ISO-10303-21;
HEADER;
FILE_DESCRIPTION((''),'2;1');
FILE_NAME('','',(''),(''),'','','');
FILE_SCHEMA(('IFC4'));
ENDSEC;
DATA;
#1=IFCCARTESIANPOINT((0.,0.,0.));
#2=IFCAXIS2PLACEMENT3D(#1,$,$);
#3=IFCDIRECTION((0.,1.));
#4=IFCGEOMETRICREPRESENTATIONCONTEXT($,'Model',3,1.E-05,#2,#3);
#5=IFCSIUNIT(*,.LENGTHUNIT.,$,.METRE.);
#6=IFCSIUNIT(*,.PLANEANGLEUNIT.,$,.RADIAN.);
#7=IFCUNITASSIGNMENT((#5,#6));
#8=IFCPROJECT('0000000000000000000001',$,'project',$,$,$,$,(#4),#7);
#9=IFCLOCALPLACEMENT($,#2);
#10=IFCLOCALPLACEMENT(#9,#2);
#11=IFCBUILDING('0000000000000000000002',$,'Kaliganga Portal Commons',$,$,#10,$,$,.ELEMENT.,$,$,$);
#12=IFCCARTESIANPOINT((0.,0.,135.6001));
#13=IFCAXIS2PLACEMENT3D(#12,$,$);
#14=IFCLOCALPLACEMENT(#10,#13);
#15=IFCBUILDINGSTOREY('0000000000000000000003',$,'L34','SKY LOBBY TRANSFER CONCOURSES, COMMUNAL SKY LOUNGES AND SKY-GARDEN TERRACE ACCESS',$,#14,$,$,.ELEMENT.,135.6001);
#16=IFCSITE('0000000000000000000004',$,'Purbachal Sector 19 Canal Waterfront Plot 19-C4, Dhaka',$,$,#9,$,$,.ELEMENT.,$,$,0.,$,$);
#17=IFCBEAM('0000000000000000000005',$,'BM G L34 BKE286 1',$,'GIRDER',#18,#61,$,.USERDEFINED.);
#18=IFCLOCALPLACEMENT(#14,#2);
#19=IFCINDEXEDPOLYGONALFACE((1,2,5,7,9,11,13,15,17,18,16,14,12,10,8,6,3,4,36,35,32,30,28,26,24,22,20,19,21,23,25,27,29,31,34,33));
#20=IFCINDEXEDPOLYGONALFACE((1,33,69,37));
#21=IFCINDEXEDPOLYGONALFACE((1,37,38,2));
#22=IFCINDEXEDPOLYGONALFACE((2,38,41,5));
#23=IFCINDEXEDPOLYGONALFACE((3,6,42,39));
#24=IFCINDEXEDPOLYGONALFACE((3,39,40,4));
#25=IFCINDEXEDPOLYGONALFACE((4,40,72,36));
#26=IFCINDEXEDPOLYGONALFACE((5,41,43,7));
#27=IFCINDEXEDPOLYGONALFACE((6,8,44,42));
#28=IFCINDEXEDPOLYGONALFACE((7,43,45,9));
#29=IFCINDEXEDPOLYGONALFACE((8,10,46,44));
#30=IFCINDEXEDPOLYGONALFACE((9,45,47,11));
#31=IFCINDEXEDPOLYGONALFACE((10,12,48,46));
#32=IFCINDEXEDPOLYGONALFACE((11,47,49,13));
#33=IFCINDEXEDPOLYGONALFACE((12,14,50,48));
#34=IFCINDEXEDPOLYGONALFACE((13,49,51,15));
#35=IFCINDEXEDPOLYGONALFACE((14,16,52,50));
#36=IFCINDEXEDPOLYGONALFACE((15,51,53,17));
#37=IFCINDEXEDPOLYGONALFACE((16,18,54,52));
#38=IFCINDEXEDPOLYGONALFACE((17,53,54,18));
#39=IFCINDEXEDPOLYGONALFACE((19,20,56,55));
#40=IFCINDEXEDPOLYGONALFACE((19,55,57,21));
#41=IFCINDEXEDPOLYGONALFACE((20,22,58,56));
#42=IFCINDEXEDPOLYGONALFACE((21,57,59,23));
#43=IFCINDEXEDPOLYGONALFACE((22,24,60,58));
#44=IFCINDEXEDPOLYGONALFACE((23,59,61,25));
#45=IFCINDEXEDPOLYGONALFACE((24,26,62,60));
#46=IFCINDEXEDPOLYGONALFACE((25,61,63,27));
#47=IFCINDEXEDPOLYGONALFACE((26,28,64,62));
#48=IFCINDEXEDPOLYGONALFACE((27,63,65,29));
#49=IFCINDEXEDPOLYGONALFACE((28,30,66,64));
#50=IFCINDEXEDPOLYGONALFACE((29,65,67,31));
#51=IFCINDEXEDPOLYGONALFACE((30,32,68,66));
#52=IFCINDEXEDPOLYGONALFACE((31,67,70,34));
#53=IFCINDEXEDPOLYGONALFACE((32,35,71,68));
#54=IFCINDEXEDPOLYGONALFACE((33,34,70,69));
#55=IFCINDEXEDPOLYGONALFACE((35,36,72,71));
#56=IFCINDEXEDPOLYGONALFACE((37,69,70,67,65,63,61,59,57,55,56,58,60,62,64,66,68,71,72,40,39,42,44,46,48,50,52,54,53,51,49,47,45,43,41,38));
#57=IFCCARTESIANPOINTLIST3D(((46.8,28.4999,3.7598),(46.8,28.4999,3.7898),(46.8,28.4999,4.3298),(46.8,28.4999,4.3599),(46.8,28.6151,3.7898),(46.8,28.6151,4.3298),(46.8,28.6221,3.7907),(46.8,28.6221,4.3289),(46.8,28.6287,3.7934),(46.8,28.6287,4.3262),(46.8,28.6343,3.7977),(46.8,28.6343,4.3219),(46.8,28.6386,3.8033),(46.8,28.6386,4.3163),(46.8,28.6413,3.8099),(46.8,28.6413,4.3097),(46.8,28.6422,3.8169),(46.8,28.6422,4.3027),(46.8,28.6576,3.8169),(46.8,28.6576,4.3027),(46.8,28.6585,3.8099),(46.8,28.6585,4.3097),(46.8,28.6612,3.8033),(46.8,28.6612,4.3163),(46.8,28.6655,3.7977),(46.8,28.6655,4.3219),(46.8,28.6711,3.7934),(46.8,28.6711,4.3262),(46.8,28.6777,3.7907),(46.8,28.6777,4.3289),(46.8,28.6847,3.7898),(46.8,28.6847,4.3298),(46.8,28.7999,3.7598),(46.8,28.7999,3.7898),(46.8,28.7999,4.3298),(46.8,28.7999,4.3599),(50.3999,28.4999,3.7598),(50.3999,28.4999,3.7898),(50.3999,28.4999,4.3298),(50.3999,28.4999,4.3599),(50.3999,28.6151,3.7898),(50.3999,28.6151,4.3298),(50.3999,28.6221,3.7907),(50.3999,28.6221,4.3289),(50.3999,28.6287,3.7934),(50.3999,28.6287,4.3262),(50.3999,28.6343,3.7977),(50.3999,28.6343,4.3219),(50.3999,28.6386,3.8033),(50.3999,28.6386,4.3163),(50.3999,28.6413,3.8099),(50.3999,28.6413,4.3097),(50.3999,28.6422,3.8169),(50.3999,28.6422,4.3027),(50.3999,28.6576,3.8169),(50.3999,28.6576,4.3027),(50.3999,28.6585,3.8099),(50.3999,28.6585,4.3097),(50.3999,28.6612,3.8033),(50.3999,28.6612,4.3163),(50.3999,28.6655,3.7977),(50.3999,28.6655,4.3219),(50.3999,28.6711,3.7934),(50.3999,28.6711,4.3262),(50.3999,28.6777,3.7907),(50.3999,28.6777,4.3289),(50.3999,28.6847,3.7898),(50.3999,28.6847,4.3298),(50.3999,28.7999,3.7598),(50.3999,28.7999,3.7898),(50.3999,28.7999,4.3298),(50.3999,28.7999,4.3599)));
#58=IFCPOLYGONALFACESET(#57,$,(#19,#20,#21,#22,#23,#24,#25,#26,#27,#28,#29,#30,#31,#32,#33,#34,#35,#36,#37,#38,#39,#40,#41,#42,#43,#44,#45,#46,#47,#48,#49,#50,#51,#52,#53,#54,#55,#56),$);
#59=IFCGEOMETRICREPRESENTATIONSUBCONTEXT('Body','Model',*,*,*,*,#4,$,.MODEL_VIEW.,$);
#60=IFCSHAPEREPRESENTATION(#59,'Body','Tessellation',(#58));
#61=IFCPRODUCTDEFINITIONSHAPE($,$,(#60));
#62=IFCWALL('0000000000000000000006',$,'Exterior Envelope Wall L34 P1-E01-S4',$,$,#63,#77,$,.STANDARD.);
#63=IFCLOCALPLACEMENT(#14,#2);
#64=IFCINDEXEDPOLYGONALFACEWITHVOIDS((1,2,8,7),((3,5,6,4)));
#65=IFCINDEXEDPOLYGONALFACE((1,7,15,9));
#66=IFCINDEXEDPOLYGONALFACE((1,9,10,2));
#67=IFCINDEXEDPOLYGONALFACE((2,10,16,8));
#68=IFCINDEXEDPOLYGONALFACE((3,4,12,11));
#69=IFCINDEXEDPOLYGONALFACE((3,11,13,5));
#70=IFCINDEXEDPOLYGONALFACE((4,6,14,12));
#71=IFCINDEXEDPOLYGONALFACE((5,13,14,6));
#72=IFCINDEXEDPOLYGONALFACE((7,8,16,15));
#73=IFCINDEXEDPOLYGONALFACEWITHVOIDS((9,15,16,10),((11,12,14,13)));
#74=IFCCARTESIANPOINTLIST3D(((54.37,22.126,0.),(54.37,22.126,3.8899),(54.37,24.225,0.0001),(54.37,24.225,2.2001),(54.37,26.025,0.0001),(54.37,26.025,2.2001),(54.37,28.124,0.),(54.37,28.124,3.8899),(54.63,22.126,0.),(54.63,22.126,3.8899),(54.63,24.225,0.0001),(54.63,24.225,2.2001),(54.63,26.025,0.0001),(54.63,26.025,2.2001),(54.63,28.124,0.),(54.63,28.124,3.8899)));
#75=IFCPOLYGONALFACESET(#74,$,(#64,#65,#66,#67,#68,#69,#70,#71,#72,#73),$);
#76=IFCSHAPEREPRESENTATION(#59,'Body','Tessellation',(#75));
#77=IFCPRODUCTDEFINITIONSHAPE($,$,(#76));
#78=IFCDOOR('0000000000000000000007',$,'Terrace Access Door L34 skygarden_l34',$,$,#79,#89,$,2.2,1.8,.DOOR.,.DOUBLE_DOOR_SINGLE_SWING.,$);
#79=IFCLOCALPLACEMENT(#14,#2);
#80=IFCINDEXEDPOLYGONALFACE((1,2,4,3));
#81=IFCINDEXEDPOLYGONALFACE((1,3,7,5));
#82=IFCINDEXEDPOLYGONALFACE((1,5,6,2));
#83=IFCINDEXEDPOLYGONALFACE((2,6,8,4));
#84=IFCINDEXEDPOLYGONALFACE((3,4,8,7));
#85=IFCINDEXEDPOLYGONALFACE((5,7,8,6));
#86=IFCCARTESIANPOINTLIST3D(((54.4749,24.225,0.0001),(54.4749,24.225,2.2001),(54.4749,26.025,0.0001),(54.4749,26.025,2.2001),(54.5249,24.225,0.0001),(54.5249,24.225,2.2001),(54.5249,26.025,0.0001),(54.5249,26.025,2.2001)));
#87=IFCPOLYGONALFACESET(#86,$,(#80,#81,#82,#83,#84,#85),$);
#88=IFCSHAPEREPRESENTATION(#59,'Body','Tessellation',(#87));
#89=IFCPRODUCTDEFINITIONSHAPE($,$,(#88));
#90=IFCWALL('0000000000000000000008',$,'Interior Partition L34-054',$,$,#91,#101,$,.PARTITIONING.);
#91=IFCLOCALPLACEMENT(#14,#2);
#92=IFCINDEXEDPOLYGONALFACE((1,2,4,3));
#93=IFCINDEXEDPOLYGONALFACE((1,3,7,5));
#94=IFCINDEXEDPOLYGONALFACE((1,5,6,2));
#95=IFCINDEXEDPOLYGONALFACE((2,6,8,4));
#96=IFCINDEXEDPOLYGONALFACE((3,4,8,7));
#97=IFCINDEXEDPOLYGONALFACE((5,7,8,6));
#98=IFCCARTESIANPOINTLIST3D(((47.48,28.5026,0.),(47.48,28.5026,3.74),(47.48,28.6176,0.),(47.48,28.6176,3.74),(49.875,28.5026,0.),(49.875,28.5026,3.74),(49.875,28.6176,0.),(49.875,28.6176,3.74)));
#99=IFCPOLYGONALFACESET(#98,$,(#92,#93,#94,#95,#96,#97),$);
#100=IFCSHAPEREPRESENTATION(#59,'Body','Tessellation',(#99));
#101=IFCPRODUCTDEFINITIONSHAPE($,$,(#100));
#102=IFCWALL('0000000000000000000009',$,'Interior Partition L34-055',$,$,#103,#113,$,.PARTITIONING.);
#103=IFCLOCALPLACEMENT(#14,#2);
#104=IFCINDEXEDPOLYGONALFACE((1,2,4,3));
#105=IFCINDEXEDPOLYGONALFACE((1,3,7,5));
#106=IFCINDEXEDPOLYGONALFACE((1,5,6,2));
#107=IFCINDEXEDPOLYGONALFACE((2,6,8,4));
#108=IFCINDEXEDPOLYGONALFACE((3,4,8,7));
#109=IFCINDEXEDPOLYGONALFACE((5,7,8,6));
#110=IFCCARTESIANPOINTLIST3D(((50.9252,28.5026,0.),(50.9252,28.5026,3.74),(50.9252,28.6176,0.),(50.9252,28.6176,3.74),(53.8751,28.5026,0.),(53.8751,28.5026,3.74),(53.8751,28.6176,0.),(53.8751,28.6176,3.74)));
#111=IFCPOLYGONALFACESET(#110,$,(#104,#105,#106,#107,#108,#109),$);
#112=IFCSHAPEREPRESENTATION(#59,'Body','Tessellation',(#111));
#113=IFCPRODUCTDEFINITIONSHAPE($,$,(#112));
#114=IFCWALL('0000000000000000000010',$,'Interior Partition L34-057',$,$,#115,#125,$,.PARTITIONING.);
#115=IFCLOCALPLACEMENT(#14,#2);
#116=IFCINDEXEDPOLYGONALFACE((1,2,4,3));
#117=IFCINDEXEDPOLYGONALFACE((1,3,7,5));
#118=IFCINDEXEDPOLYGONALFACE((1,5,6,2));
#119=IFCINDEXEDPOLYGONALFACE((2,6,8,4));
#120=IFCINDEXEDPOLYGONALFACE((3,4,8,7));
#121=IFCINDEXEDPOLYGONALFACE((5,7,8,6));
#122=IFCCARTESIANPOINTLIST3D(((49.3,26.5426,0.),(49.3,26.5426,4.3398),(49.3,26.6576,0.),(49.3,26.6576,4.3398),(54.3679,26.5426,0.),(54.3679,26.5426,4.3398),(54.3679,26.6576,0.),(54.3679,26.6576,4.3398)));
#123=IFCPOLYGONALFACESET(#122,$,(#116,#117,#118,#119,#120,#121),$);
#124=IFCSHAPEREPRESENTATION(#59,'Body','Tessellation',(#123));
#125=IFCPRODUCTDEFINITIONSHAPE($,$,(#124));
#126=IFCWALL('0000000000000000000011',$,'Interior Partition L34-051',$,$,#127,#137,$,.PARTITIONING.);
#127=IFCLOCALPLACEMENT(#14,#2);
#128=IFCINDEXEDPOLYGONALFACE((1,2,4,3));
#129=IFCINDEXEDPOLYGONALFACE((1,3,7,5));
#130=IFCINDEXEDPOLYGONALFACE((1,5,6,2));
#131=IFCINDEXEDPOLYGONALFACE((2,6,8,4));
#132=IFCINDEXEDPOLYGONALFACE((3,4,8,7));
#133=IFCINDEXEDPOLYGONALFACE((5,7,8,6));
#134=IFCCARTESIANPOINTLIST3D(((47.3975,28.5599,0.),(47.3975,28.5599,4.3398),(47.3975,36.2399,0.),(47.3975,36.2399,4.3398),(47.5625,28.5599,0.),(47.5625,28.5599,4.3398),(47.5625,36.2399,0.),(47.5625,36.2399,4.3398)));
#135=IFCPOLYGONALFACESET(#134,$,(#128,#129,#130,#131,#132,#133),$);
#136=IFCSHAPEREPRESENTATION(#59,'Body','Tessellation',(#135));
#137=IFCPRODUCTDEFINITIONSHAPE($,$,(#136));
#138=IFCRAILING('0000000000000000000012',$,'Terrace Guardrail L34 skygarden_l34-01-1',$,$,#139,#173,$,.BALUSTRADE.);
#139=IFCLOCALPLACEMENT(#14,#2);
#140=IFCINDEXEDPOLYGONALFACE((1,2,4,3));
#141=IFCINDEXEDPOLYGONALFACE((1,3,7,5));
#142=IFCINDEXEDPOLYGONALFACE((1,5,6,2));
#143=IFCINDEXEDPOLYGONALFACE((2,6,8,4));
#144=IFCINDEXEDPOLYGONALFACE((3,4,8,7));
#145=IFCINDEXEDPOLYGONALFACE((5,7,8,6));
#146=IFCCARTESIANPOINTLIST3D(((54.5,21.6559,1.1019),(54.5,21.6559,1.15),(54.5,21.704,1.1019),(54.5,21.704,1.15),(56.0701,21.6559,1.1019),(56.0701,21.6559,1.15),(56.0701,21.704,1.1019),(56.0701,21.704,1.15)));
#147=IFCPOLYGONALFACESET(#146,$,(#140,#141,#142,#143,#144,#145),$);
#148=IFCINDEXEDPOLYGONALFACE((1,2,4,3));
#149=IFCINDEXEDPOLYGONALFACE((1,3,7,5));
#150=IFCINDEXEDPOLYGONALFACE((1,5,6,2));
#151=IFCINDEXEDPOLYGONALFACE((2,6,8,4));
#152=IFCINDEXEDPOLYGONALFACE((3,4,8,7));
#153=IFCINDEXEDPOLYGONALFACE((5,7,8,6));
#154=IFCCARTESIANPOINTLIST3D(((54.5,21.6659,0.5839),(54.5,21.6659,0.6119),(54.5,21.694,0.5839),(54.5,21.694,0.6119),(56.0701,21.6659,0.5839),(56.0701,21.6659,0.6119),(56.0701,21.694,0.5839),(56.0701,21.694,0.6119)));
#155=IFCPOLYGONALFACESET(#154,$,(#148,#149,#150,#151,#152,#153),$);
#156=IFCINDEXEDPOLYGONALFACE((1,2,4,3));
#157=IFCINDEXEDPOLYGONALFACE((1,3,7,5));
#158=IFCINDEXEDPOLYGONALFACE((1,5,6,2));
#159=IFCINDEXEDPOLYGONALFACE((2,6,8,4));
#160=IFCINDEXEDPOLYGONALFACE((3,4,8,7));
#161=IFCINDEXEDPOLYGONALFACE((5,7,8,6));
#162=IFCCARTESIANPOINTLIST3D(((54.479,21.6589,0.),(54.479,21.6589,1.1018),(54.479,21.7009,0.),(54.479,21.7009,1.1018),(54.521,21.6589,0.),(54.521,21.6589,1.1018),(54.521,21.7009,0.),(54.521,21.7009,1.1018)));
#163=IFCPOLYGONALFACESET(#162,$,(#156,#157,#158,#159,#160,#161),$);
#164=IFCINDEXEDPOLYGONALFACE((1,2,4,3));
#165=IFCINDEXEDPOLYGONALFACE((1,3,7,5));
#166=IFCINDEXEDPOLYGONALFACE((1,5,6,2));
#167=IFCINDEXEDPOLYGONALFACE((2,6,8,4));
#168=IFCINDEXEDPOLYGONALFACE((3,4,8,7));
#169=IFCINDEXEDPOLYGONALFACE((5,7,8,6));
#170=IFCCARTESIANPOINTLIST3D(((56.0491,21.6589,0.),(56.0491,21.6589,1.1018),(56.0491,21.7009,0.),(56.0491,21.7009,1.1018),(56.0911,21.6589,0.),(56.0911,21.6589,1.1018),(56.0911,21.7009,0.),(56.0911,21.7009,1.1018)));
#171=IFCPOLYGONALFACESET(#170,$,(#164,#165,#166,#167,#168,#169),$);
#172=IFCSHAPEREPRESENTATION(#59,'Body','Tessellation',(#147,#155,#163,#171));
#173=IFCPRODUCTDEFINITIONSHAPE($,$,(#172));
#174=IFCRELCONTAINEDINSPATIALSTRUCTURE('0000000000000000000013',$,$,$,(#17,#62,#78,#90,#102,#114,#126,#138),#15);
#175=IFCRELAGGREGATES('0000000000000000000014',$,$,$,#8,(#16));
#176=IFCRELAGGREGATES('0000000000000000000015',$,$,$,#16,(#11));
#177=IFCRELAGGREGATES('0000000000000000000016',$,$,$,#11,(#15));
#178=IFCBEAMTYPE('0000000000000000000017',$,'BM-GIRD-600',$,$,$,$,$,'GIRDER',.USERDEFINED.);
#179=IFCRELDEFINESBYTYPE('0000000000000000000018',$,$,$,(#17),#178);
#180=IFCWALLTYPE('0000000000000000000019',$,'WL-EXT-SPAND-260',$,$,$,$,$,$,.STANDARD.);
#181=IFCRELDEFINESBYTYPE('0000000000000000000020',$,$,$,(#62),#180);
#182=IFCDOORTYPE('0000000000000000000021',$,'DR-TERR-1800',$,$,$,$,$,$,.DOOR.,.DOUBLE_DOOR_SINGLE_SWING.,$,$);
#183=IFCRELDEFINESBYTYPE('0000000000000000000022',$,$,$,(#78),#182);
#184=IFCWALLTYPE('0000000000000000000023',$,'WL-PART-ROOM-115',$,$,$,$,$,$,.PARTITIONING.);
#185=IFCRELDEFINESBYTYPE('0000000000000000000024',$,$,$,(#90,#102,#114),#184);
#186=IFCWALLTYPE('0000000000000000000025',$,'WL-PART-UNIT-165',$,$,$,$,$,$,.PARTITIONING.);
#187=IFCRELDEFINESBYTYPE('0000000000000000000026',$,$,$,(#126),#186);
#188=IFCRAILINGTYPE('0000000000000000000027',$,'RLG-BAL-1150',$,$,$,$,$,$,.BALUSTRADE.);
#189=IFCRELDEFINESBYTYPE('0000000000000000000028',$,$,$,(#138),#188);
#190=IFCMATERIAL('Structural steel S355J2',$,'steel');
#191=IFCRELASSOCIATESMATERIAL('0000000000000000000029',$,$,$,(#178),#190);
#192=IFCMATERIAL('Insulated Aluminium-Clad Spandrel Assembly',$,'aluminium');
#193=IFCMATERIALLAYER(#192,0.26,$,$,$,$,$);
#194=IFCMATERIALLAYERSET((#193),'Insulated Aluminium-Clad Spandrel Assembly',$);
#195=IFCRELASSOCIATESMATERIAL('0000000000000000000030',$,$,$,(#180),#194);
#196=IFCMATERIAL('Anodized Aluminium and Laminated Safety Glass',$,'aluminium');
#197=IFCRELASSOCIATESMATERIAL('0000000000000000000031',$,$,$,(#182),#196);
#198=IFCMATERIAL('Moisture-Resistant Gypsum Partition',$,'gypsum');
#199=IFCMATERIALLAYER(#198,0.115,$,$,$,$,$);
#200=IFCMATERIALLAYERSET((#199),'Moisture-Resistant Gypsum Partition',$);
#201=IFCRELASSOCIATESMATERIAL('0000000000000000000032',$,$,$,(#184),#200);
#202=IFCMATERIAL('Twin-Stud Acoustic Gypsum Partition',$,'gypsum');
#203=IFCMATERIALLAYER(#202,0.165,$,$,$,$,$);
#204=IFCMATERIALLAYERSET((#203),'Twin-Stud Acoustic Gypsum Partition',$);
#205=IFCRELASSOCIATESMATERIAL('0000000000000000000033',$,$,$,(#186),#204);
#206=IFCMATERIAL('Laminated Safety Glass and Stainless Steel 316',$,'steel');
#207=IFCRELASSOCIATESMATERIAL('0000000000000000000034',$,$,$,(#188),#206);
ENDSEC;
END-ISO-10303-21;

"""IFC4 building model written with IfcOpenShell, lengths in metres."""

from ifc_helpers import new_model, si_unit, direction, frame, frame_2d, origin, origin_2d, place, context, subcontext, project, spatial, rectangle, i_section, extrude, source, transform, mapped, material, layer, layer_set, material_profile, profile_set, type_object, element, fill, save


model = new_model("IFC4")

# Units and contexts
model_context = context("Model", 3, precision=1e-05, world=origin(), true_north=direction((0.0, 1.0)))
body_context = subcontext(model_context, "Body", "Model", "MODEL_VIEW")
ifc_project = project(units=[si_unit("LENGTHUNIT", "METRE"), si_unit("PLANEANGLEUNIT", "RADIAN")], contexts=[model_context])

# Site, building, storey
site_placement = place(None, origin())
site = spatial("IfcSite", under=ifc_project, at=site_placement, Name="Purbachal Sector 19 Canal Waterfront Plot 19-C4, Dhaka", CompositionType="ELEMENT", RefElevation=0.0)
building_placement = place(site_placement, origin())
building = spatial("IfcBuilding", under=site, at=building_placement, Name="Kaliganga Portal Commons", CompositionType="ELEMENT")
storey_placement = place(building_placement, frame((0.0, 0.0, 135.6001)))
storey = spatial("IfcBuildingStorey", under=building, at=storey_placement, Name="L34", Description="SKY LOBBY TRANSFER CONCOURSES, COMMUNAL SKY LOUNGES AND SKY-GARDEN TERRACE ACCESS", CompositionType="ELEMENT", Elevation=135.6001)

# Beam
ifc_material_1 = material(Name="Structural steel S355J2", Category="steel")
ifc_material_profile_1 = material_profile(ifc_material_1, i_section(OverallWidth=0.3, OverallDepth=0.6001, WebThickness=0.0154, FlangeThickness=0.03, FilletRadius=0.0271, at=origin_2d()), Name="HE 600 B")
ifc_profile_set_1 = profile_set([ifc_material_profile_1], Name="Structural steel S355J2 wide-flange")
beam_type_1 = type_object("IfcBeamType", Name="BM-GIRD-600", ElementType="GIRDER", PredefinedType="USERDEFINED", material=ifc_profile_set_1)
shared_shape_1 = source(origin(), body_context, "Body", "SweptSolid", [
    extrude(i_section(OverallWidth=0.3, OverallDepth=0.6001, WebThickness=0.0154, FlangeThickness=0.03, FilletRadius=0.0271, at=origin_2d()), origin(), (0.0, 0.0, 1.0), 3.5999),
])
for number, where, z_axis, x_axis, name in (
    (1, (46.8, 28.6499, 4.0598), (1.0, 0.0, 0.0), (0.0, 1.0, 0.0), "BM G L34 BKE286 1"),
):
    element("IfcBeam", number, at=place(storey_placement, frame(where, z_axis=z_axis, x_axis=x_axis)), inside=storey, type_object=beam_type_1, Name=name, ObjectType="GIRDER", PredefinedType="USERDEFINED", context=body_context, shape_type="MappedRepresentation", body=[
        mapped(shared_shape_1, transform((0.0, 0.0, 0.0), x_axis=(1.0, 0.0, 0.0), y_axis=(0.0, 1.0, 0.0), z_axis=(0.0, 0.0, 1.0), scale=1.0)),
    ])

# Wall, opening, door
ifc_material_2 = material(Name="Insulated Aluminium-Clad Spandrel Assembly", Category="aluminium")
ifc_layer_1 = layer(ifc_material_2, 0.26)
ifc_layer_set_1 = layer_set([ifc_layer_1], Name="Insulated Aluminium-Clad Spandrel Assembly")
wall_type_1 = type_object("IfcWallType", Name="WL-EXT-SPAND-260", PredefinedType="STANDARD", material=ifc_layer_set_1)
wall_1_placement = place(storey_placement, frame((54.5, 28.124, 0.0), z_axis=(0.0, 0.0, 1.0), x_axis=(0.0, -1.0, 0.0)))
wall_1 = element("IfcWall", 2, at=wall_1_placement, inside=storey, type_object=wall_type_1, Name="Exterior Envelope Wall L34 P1-E01-S4", PredefinedType="STANDARD", context=body_context, shape_type="SweptSolid", body=[
    extrude(rectangle(XDim=5.998, YDim=0.26, at=frame_2d((2.999, 0.0))), origin(), (0.0, 0.0, 1.0), 3.8899),
])
opening_placement = place(wall_1_placement, frame((2.0991, 0.0, 0.0)))
opening = element("IfcOpeningElement", 3, at=opening_placement, cuts=wall_1, PredefinedType="OPENING", context=body_context, shape_type="SweptSolid", body=[
    extrude(rectangle(XDim=1.8, YDim=2.2, at=frame_2d((0.8999, 1.1001))), frame((0.0, 0.1401, 0.0), z_axis=(0.0, -1.0, 0.0), x_axis=(1.0, 0.0, 0.0)), (0.0, 0.0, 1.0), 0.28),
])
ifc_material_3 = material(Name="Anodized Aluminium and Laminated Safety Glass", Category="aluminium")
door_type = type_object("IfcDoorType", Name="DR-TERR-1800", OperationType="DOUBLE_DOOR_SINGLE_SWING", PredefinedType="DOOR", material=ifc_material_3)
door_placement = place(opening_placement, origin())
door = element("IfcDoor", 4, at=door_placement, inside=storey, type_object=door_type, Name="Terrace Access Door L34 skygarden_l34", OperationType="DOUBLE_DOOR_SINGLE_SWING", OverallHeight=2.2, OverallWidth=1.8, PredefinedType="DOOR", context=body_context, shape_type="SweptSolid", body=[
    extrude(rectangle(XDim=1.8, YDim=2.2, at=frame_2d((0.8999, 1.1001))), frame((0.0, 0.0249, 0.0), z_axis=(0.0, -1.0, 0.0), x_axis=(1.0, 0.0, 0.0)), (0.0, 0.0, 1.0), 0.05),
])
fill(opening, door)

# Walls
ifc_material_4 = material(Name="Moisture-Resistant Gypsum Partition", Category="gypsum")
ifc_layer_2 = layer(ifc_material_4, 0.115)
ifc_layer_set_2 = layer_set([ifc_layer_2], Name="Moisture-Resistant Gypsum Partition")
wall_type_2 = type_object("IfcWallType", Name="WL-PART-ROOM-115", PredefinedType="PARTITIONING", material=ifc_layer_set_2)
wall_2_placement = place(storey_placement, frame((47.48, 28.5601, 0.0), z_axis=(0.0, 0.0, 1.0), x_axis=(1.0, 0.0, 0.0)))
element("IfcWall", 5, at=wall_2_placement, inside=storey, type_object=wall_type_2, Name="Interior Partition L34-054", PredefinedType="PARTITIONING", context=body_context, shape_type="SweptSolid", body=[
    extrude(rectangle(XDim=2.395, YDim=0.115, at=frame_2d((1.1975, 0.0))), origin(), (0.0, 0.0, 1.0), 3.74),
])
wall_3_placement = place(storey_placement, frame((50.925, 28.5601, 0.0), z_axis=(0.0, 0.0, 1.0), x_axis=(1.0, 0.0, 0.0)))
element("IfcWall", 6, at=wall_3_placement, inside=storey, type_object=wall_type_2, Name="Interior Partition L34-055", PredefinedType="PARTITIONING", context=body_context, shape_type="SweptSolid", body=[
    extrude(rectangle(XDim=2.95, YDim=0.115, at=frame_2d((1.4751, 0.0))), origin(), (0.0, 0.0, 1.0), 3.74),
])
wall_4_placement = place(storey_placement, frame((49.3, 26.6001, 0.0), z_axis=(0.0, 0.0, 1.0), x_axis=(1.0, 0.0, 0.0)))
element("IfcWall", 7, at=wall_4_placement, inside=storey, type_object=wall_type_2, Name="Interior Partition L34-057", PredefinedType="PARTITIONING", context=body_context, shape_type="SweptSolid", body=[
    extrude(rectangle(XDim=5.0679, YDim=0.115, at=frame_2d((2.5339, 0.0))), origin(), (0.0, 0.0, 1.0), 4.3398),
])
ifc_material_5 = material(Name="Twin-Stud Acoustic Gypsum Partition", Category="gypsum")
ifc_layer_3 = layer(ifc_material_5, 0.165)
ifc_layer_set_3 = layer_set([ifc_layer_3], Name="Twin-Stud Acoustic Gypsum Partition")
wall_type_3 = type_object("IfcWallType", Name="WL-PART-UNIT-165", PredefinedType="PARTITIONING", material=ifc_layer_set_3)
wall_5_placement = place(storey_placement, frame((47.48, 28.5601, 0.0), z_axis=(0.0, 0.0, 1.0), x_axis=(0.0, 1.0, 0.0)))
element("IfcWall", 8, at=wall_5_placement, inside=storey, type_object=wall_type_3, Name="Interior Partition L34-051", PredefinedType="PARTITIONING", context=body_context, shape_type="SweptSolid", body=[
    extrude(rectangle(XDim=7.6799, YDim=0.165, at=frame_2d((3.8398, 0.0))), origin(), (0.0, 0.0, 1.0), 4.3398),
])

# Railing
ifc_material_6 = material(Name="Laminated Safety Glass and Stainless Steel 316", Category="steel")
railing_type = type_object("IfcRailingType", Name="RLG-BAL-1150", PredefinedType="BALUSTRADE", material=ifc_material_6)
railing_1_placement = place(storey_placement, frame((54.5, 21.6799, 0.0)))
element("IfcRailing", 9, at=railing_1_placement, inside=storey, type_object=railing_type, Name="Terrace Guardrail L34 skygarden_l34-01-1", PredefinedType="BALUSTRADE", context=body_context, shape_type="SweptSolid", body=[
    extrude(rectangle(XDim=0.0481, YDim=0.0481, at=origin_2d()), frame((0.0, 0.0, 1.126), z_axis=(1.0, 0.0, 0.0), x_axis=(0.0, 1.0, 0.0)), (0.0, 0.0, 1.0), 1.5701),
    extrude(rectangle(XDim=0.0281, YDim=0.0281, at=origin_2d()), frame((0.0, 0.0, 0.5979), z_axis=(1.0, 0.0, 0.0), x_axis=(0.0, 1.0, 0.0)), (0.0, 0.0, 1.0), 1.5701),
    extrude(rectangle(XDim=0.042, YDim=0.042, at=origin_2d()), origin(), (0.0, 0.0, 1.0), 1.1018),
    extrude(rectangle(XDim=0.042, YDim=0.042, at=origin_2d()), frame((1.5701, 0.0, 0.0)), (0.0, 0.0, 1.0), 1.1018),
])

save(model, "model.ifc")
